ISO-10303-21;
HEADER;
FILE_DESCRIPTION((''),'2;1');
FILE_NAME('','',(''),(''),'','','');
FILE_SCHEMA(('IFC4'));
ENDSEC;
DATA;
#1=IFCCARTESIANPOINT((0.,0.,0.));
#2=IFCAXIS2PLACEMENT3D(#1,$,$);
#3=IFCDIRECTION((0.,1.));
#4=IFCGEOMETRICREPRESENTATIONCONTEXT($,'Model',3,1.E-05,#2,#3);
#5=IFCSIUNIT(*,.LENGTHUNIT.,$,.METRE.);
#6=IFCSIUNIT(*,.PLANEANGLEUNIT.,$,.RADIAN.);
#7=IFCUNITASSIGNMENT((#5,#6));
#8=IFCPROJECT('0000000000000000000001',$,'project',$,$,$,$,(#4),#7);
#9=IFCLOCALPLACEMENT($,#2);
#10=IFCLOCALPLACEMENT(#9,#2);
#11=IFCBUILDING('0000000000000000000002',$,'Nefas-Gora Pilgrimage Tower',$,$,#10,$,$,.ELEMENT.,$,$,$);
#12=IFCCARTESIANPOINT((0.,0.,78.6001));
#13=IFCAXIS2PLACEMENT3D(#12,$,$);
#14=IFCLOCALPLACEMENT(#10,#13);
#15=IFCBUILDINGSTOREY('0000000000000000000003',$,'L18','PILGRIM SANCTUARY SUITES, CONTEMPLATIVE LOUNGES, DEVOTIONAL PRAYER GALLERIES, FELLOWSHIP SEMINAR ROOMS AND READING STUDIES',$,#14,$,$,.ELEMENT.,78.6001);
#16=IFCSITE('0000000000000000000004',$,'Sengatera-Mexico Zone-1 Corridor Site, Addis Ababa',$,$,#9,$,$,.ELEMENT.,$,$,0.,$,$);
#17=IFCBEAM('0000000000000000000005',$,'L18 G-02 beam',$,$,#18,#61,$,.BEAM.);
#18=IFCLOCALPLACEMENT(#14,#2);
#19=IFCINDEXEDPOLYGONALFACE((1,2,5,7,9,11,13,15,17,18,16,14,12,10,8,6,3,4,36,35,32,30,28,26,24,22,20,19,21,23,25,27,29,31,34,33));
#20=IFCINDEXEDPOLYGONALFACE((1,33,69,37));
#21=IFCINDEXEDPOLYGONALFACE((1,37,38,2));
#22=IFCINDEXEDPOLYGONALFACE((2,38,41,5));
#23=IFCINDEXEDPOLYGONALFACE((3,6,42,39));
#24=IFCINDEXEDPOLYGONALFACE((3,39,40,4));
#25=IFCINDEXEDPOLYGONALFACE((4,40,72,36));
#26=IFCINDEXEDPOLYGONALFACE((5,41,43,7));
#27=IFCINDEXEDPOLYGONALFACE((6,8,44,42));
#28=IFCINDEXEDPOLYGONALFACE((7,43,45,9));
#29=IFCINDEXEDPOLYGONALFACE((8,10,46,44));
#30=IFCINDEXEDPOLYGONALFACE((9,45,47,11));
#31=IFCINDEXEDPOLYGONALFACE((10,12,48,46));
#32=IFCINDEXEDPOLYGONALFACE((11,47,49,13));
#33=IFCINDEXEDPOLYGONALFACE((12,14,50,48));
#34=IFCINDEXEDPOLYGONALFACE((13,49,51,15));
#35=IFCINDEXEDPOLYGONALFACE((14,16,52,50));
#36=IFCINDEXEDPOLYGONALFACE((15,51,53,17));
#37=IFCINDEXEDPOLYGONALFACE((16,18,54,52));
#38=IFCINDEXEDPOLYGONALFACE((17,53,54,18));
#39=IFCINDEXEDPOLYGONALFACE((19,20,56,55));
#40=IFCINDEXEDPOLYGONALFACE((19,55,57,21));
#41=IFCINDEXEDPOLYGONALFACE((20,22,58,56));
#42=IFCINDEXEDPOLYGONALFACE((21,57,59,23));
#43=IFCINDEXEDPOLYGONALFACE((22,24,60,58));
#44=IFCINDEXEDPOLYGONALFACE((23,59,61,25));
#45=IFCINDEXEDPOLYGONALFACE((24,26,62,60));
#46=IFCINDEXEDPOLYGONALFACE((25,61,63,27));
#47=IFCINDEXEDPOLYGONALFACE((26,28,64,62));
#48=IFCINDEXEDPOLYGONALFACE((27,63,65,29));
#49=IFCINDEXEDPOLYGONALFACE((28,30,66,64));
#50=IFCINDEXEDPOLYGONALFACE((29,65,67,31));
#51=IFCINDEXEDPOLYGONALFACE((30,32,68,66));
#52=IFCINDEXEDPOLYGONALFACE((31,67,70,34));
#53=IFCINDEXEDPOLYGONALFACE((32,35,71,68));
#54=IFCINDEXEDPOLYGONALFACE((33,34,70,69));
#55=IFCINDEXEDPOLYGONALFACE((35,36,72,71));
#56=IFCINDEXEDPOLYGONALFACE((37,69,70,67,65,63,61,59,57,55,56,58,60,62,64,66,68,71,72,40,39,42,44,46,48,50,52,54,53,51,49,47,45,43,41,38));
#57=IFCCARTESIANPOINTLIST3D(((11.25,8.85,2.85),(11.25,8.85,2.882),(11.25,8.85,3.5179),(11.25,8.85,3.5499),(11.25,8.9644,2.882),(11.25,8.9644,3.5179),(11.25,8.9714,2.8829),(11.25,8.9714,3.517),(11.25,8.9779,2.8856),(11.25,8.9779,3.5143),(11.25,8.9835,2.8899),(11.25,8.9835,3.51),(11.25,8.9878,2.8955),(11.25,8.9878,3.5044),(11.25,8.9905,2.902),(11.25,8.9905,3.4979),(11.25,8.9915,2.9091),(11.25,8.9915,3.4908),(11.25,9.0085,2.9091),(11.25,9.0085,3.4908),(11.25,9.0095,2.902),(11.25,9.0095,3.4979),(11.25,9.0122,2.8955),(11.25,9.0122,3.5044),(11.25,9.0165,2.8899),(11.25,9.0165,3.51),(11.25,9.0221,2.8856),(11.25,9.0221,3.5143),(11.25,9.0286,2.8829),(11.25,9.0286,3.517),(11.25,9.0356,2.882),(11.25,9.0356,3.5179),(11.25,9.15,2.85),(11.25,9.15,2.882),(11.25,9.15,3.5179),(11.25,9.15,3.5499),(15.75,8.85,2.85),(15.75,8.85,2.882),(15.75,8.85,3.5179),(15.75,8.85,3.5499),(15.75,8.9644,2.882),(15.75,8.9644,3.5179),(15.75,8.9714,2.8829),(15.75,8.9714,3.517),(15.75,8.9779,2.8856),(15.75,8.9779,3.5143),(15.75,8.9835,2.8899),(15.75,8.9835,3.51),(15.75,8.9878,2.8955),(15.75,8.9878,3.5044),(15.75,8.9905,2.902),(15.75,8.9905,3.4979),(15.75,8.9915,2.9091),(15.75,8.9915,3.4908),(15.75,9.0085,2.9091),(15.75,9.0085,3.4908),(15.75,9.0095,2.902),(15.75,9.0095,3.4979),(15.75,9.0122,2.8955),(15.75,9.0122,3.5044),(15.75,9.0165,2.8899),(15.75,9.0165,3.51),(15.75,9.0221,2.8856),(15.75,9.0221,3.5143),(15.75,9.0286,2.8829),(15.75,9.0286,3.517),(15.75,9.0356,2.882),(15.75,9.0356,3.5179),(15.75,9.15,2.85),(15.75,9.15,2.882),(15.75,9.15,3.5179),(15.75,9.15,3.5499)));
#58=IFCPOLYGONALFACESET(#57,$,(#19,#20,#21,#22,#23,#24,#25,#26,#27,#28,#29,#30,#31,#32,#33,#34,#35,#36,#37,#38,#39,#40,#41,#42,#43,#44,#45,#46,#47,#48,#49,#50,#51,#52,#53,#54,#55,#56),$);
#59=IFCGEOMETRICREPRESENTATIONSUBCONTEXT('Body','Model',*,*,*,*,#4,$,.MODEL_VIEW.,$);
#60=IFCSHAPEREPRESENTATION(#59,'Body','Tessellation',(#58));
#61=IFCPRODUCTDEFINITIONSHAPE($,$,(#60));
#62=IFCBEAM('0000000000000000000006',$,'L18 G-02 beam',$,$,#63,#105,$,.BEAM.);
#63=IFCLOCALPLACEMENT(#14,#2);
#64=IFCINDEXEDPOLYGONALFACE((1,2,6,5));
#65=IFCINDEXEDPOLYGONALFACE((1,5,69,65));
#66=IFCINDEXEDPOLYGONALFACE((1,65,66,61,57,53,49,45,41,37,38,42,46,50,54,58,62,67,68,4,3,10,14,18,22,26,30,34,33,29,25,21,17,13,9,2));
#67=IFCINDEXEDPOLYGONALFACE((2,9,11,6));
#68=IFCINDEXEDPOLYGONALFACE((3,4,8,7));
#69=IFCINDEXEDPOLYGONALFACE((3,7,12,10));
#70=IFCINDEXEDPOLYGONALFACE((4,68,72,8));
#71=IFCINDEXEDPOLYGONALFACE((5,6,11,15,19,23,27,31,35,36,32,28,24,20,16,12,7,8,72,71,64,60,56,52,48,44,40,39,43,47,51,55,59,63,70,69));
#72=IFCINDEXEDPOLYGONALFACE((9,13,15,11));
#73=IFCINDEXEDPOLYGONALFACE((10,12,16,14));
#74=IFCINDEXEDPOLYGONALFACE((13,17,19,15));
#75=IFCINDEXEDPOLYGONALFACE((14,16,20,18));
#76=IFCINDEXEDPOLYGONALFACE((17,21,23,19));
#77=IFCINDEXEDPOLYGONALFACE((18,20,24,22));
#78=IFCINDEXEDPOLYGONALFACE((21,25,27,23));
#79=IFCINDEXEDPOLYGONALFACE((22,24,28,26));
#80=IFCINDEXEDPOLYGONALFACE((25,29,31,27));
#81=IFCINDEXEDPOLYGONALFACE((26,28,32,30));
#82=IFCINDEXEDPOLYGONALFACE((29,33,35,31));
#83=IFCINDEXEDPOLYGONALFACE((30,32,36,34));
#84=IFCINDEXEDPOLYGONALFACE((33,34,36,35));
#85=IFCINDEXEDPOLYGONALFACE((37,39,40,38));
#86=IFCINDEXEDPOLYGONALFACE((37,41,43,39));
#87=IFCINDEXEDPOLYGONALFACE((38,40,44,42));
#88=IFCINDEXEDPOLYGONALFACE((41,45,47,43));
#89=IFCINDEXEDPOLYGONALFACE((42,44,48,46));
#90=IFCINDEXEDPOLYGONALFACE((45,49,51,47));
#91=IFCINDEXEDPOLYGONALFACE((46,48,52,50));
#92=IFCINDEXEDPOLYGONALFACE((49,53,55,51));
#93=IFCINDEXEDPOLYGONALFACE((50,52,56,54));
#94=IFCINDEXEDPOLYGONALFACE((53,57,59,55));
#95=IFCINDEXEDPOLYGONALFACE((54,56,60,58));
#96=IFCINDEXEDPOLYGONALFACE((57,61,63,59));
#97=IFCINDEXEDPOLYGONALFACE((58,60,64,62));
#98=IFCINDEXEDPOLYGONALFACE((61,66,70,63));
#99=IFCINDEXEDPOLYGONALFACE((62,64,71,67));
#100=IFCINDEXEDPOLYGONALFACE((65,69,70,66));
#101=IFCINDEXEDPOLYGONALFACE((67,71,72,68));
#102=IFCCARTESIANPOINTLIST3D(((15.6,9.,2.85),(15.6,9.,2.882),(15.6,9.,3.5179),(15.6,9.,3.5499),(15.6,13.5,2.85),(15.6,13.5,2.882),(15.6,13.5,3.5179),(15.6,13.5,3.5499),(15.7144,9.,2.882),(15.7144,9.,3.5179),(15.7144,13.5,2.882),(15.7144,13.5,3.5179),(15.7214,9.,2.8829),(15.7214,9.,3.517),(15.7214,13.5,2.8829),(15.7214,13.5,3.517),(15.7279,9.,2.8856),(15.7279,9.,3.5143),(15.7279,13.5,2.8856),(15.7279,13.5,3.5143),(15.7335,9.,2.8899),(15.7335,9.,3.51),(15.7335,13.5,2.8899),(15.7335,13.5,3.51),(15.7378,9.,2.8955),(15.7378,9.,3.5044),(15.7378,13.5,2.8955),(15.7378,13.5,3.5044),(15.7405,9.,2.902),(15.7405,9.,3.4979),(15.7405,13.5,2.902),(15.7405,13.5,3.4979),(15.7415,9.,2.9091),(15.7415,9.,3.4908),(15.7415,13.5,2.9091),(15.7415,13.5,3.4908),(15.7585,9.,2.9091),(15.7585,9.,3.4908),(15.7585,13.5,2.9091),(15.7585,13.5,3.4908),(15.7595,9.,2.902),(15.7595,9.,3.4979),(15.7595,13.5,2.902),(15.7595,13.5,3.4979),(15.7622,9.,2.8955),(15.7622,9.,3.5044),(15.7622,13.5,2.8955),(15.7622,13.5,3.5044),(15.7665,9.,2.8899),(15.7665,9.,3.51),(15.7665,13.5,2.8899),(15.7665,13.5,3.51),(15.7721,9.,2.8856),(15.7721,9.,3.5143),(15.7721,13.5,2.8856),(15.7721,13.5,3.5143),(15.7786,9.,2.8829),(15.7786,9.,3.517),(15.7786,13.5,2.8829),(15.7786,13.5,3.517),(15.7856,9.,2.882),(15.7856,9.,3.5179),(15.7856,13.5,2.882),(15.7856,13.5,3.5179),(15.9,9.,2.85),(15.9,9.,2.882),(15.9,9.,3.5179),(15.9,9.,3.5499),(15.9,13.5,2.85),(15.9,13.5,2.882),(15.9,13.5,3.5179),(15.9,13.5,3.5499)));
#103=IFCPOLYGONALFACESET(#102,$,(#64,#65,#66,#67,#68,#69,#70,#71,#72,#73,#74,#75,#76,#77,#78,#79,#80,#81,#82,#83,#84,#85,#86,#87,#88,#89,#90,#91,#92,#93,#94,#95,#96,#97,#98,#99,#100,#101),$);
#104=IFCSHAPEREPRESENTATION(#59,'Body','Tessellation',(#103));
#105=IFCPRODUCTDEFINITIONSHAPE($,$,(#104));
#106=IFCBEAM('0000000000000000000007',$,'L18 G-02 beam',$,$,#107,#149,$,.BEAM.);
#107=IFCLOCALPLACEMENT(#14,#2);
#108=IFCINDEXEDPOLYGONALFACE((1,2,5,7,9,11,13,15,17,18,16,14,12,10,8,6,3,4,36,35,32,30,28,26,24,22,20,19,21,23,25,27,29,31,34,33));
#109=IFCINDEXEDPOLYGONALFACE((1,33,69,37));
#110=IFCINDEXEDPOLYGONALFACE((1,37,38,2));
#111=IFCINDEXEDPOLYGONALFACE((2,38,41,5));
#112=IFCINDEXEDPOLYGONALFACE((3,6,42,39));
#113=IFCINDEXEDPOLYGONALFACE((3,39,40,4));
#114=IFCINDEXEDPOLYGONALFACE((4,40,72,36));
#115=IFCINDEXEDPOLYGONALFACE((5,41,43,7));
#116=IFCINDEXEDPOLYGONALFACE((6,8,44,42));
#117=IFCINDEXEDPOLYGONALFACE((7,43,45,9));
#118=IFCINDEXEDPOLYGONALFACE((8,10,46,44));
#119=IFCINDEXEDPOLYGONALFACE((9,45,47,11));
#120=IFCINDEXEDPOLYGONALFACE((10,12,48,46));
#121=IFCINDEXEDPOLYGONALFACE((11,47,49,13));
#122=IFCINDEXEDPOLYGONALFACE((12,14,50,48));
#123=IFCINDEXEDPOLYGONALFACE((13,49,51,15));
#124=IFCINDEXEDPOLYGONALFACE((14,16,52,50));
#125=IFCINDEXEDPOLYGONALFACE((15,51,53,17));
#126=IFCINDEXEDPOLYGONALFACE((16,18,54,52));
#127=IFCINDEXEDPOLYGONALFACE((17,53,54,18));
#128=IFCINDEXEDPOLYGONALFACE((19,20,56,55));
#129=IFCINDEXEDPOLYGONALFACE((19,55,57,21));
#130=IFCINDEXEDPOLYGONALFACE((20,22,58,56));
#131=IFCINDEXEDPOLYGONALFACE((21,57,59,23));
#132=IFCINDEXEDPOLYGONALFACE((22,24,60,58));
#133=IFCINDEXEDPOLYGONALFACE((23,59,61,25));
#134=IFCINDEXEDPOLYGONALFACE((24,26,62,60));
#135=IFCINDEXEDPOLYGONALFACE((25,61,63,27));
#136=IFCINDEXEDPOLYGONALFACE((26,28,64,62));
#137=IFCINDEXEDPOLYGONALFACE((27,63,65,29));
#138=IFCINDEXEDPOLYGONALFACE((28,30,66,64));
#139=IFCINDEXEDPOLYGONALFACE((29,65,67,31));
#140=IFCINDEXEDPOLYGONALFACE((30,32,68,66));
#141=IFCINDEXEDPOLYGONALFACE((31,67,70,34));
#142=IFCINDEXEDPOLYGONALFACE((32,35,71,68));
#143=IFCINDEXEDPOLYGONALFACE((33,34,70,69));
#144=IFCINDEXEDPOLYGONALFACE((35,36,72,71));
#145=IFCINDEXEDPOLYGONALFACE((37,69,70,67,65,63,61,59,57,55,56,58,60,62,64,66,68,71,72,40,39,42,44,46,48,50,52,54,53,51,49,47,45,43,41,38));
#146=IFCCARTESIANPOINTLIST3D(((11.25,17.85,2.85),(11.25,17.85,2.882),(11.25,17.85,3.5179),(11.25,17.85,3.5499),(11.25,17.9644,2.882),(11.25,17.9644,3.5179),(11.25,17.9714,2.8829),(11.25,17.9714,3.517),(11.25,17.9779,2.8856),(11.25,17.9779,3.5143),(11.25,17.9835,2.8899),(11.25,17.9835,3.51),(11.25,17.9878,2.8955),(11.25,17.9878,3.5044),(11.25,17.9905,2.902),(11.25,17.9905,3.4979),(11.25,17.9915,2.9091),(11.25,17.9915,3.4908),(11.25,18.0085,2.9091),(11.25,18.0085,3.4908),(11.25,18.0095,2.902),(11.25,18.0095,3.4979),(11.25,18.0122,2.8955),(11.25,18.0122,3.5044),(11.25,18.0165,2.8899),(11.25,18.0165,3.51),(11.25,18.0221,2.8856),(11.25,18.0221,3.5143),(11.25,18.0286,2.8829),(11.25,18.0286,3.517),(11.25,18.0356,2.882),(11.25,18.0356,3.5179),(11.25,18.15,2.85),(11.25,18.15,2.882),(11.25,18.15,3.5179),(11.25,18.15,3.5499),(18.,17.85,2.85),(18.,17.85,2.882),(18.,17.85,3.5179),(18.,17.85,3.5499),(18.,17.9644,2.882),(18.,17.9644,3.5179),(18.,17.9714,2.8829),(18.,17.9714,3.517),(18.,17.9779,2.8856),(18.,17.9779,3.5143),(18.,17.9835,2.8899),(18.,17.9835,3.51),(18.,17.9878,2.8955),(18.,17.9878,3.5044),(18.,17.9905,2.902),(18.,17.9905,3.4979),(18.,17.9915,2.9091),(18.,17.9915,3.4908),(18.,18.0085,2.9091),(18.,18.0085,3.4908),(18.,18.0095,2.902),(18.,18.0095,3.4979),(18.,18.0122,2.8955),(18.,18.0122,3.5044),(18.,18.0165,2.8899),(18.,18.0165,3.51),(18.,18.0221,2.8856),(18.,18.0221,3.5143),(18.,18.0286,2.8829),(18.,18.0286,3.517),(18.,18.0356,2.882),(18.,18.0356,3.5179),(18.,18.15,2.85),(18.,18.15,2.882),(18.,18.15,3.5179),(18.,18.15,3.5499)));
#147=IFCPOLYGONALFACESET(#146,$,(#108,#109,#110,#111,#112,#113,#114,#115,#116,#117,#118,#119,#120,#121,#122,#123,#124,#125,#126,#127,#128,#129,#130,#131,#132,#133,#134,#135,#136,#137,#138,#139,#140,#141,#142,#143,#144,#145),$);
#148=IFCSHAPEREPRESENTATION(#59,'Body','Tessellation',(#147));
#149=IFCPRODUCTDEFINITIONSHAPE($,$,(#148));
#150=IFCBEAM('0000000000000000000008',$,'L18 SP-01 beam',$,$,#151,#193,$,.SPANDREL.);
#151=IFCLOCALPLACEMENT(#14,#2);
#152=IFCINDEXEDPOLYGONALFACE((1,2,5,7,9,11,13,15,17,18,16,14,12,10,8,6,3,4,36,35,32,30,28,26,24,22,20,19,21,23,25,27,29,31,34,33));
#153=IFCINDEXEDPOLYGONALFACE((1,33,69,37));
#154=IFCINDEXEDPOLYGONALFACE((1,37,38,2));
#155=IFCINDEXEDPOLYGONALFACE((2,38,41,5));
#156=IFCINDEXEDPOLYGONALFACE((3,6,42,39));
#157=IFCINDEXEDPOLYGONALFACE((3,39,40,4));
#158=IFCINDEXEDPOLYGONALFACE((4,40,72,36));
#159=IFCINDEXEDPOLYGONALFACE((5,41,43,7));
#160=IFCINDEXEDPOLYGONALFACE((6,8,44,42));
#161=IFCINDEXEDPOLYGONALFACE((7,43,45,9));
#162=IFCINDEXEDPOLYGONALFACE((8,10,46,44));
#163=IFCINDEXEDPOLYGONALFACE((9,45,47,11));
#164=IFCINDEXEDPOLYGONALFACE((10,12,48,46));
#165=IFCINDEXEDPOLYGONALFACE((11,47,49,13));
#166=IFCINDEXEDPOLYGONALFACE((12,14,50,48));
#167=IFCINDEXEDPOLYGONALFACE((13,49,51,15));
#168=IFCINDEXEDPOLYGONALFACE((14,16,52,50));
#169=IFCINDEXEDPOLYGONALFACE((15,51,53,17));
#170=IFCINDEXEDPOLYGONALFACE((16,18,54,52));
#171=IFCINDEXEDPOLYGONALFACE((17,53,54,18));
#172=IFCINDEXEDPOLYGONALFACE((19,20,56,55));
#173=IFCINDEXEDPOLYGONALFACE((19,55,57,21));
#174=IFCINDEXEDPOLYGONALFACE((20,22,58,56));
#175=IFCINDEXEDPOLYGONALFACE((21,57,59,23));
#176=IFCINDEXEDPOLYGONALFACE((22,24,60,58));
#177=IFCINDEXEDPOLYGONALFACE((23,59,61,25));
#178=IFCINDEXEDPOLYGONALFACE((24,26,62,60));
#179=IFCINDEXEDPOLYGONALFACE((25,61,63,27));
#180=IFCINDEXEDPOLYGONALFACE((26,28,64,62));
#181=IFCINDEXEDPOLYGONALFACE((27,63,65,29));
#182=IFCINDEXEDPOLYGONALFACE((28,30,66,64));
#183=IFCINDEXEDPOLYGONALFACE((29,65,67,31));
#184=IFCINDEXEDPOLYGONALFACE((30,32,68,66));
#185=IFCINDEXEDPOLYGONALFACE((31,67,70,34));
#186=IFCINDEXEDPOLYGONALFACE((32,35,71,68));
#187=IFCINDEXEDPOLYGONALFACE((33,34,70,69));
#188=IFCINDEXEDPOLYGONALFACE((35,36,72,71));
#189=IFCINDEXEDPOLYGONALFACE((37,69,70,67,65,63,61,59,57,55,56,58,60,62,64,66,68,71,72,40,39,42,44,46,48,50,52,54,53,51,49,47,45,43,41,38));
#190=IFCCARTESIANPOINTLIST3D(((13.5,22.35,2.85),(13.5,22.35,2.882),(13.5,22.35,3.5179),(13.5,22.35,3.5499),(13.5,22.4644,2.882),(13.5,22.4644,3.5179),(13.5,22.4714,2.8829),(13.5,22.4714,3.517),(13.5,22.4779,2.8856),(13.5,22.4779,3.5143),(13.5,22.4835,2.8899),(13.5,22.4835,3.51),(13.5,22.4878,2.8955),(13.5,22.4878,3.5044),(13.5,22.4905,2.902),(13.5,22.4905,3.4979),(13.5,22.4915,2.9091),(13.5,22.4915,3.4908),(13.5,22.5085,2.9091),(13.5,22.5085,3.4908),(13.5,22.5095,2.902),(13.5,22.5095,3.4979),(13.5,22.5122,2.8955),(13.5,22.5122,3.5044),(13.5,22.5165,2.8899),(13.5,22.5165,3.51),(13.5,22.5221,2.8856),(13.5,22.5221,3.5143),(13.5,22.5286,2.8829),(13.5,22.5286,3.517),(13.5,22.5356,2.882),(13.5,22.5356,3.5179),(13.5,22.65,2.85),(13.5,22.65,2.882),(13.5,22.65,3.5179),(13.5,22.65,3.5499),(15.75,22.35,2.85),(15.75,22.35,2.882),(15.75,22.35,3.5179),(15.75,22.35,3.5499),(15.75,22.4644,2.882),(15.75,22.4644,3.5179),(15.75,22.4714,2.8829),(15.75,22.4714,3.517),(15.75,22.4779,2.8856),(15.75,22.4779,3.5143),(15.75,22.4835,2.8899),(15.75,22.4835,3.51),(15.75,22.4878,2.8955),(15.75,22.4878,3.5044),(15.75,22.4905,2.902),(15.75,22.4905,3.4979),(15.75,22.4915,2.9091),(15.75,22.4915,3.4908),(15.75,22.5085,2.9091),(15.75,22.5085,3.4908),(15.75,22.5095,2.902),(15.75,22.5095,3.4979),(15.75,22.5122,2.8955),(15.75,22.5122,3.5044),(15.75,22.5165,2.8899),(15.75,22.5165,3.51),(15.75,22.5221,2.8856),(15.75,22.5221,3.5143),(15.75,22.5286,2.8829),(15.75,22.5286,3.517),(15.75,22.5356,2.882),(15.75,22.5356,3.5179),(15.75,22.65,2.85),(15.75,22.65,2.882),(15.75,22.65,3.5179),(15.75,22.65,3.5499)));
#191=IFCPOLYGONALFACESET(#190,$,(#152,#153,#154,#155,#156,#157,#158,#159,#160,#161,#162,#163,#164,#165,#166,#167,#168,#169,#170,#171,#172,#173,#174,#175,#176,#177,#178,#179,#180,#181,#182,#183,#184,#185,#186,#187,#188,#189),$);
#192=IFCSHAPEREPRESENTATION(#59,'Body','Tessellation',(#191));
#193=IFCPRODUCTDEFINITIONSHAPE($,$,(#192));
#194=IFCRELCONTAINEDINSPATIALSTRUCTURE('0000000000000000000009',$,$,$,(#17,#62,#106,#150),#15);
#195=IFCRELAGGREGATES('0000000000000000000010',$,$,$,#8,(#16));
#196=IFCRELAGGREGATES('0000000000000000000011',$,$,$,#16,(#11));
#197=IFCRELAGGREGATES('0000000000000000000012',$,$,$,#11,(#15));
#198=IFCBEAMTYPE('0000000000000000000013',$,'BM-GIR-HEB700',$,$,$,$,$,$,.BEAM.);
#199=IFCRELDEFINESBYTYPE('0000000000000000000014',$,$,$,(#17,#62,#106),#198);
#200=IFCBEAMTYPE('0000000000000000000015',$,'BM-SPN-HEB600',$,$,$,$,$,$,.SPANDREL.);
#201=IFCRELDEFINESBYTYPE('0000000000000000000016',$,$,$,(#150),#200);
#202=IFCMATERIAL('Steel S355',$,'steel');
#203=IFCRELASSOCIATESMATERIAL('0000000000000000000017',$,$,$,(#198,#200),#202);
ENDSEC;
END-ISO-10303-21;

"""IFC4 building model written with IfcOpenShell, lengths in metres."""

from ifc_helpers import new_model, si_unit, direction, frame, origin, origin_2d, place, context, subcontext, project, spatial, i_section, extrude, source, transform, mapped, material, material_profile, profile_set, type_object, element, save


model = new_model("IFC4")

# Units and contexts
model_context = context("Model", 3, precision=1e-05, world=origin(), true_north=direction((0.0, 1.0)))
body_context = subcontext(model_context, "Body", "Model", "MODEL_VIEW")
ifc_project = project(units=[si_unit("LENGTHUNIT", "METRE"), si_unit("PLANEANGLEUNIT", "RADIAN")], contexts=[model_context])

# Site, building, storey
site_placement = place(None, origin())
site = spatial("IfcSite", under=ifc_project, at=site_placement, Name="Sengatera-Mexico Zone-1 Corridor Site, Addis Ababa", CompositionType="ELEMENT", RefElevation=0.0)
building_placement = place(site_placement, origin())
building = spatial("IfcBuilding", under=site, at=building_placement, Name="Nefas-Gora Pilgrimage Tower", CompositionType="ELEMENT")
storey_placement = place(building_placement, frame((0.0, 0.0, 78.6001)))
storey = spatial("IfcBuildingStorey", under=building, at=storey_placement, Name="L18", Description="PILGRIM SANCTUARY SUITES, CONTEMPLATIVE LOUNGES, DEVOTIONAL PRAYER GALLERIES, FELLOWSHIP SEMINAR ROOMS AND READING STUDIES", CompositionType="ELEMENT", Elevation=78.6001)

# Beams
ifc_material_1 = material(Name="Steel S355", Category="steel")
ifc_material_profile_1 = material_profile(ifc_material_1, i_section(OverallWidth=0.3, OverallDepth=0.7, WebThickness=0.0171, FlangeThickness=0.032, FilletRadius=0.0271, at=origin_2d()), Name="HEB 700")
ifc_profile_set_1 = profile_set([ifc_material_profile_1], Name="Steel S355")
beam_type_1 = type_object("IfcBeamType", Name="BM-GIR-HEB700", PredefinedType="BEAM", material=ifc_profile_set_1)
shared_shape_1 = source(origin(), body_context, "Body", "SweptSolid", [
    extrude(i_section(OverallWidth=0.3, OverallDepth=0.7, WebThickness=0.0171, FlangeThickness=0.032, FilletRadius=0.0271, at=origin_2d()), origin(), (0.0, 0.0, 1.0), 4.5),
])
for number, where, z_axis, x_axis, name in (
    (1, (11.25, 9.0, 3.2), (1.0, 0.0, 0.0), (0.0, 1.0, 0.0), "L18 G-02 beam"),
    (2, (15.75, 9.0, 3.2), (0.0, 1.0, 0.0), (-1.0, 0.0, 0.0), "L18 G-02 beam"),
):
    element("IfcBeam", number, at=place(storey_placement, frame(where, z_axis=z_axis, x_axis=x_axis)), inside=storey, type_object=beam_type_1, Name=name, PredefinedType="BEAM", context=body_context, shape_type="MappedRepresentation", body=[
        mapped(shared_shape_1, transform((0.0, 0.0, 0.0), x_axis=(1.0, 0.0, 0.0), y_axis=(0.0, 1.0, 0.0), z_axis=(0.0, 0.0, 1.0), scale=1.0)),
    ])
shared_shape_2 = source(origin(), body_context, "Body", "SweptSolid", [
    extrude(i_section(OverallWidth=0.3, OverallDepth=0.7, WebThickness=0.0171, FlangeThickness=0.032, FilletRadius=0.0271, at=origin_2d()), origin(), (0.0, 0.0, 1.0), 6.75),
])
beam_1_placement = place(storey_placement, frame((11.25, 18.0, 3.2), z_axis=(1.0, 0.0, 0.0), x_axis=(0.0, 1.0, 0.0)))
element("IfcBeam", 3, at=beam_1_placement, inside=storey, type_object=beam_type_1, Name="L18 G-02 beam", PredefinedType="BEAM", context=body_context, shape_type="MappedRepresentation", body=[
    mapped(shared_shape_2, transform((0.0, 0.0, 0.0), x_axis=(1.0, 0.0, 0.0), y_axis=(0.0, 1.0, 0.0), z_axis=(0.0, 0.0, 1.0), scale=1.0)),
])
ifc_material_profile_2 = material_profile(ifc_material_1, i_section(OverallWidth=0.3, OverallDepth=0.7, WebThickness=0.0171, FlangeThickness=0.032, FilletRadius=0.0271, at=origin_2d()), Name="HEB 700")
ifc_profile_set_2 = profile_set([ifc_material_profile_2], Name="Steel S355")
beam_type_2 = type_object("IfcBeamType", Name="BM-SPN-HEB600", PredefinedType="SPANDREL", material=ifc_profile_set_2)
shared_shape_3 = source(origin(), body_context, "Body", "SweptSolid", [
    extrude(i_section(OverallWidth=0.3, OverallDepth=0.7, WebThickness=0.0171, FlangeThickness=0.032, FilletRadius=0.0271, at=origin_2d()), origin(), (0.0, 0.0, 1.0), 2.25),
])
beam_2_placement = place(storey_placement, frame((13.5, 22.5, 3.2), z_axis=(1.0, 0.0, 0.0), x_axis=(0.0, 1.0, 0.0)))
element("IfcBeam", 4, at=beam_2_placement, inside=storey, type_object=beam_type_2, Name="L18 SP-01 beam", PredefinedType="SPANDREL", context=body_context, shape_type="MappedRepresentation", body=[
    mapped(shared_shape_3, transform((0.0, 0.0, 0.0), x_axis=(1.0, 0.0, 0.0), y_axis=(0.0, 1.0, 0.0), z_axis=(0.0, 0.0, 1.0), scale=1.0)),
])

save(model, "model.ifc")
